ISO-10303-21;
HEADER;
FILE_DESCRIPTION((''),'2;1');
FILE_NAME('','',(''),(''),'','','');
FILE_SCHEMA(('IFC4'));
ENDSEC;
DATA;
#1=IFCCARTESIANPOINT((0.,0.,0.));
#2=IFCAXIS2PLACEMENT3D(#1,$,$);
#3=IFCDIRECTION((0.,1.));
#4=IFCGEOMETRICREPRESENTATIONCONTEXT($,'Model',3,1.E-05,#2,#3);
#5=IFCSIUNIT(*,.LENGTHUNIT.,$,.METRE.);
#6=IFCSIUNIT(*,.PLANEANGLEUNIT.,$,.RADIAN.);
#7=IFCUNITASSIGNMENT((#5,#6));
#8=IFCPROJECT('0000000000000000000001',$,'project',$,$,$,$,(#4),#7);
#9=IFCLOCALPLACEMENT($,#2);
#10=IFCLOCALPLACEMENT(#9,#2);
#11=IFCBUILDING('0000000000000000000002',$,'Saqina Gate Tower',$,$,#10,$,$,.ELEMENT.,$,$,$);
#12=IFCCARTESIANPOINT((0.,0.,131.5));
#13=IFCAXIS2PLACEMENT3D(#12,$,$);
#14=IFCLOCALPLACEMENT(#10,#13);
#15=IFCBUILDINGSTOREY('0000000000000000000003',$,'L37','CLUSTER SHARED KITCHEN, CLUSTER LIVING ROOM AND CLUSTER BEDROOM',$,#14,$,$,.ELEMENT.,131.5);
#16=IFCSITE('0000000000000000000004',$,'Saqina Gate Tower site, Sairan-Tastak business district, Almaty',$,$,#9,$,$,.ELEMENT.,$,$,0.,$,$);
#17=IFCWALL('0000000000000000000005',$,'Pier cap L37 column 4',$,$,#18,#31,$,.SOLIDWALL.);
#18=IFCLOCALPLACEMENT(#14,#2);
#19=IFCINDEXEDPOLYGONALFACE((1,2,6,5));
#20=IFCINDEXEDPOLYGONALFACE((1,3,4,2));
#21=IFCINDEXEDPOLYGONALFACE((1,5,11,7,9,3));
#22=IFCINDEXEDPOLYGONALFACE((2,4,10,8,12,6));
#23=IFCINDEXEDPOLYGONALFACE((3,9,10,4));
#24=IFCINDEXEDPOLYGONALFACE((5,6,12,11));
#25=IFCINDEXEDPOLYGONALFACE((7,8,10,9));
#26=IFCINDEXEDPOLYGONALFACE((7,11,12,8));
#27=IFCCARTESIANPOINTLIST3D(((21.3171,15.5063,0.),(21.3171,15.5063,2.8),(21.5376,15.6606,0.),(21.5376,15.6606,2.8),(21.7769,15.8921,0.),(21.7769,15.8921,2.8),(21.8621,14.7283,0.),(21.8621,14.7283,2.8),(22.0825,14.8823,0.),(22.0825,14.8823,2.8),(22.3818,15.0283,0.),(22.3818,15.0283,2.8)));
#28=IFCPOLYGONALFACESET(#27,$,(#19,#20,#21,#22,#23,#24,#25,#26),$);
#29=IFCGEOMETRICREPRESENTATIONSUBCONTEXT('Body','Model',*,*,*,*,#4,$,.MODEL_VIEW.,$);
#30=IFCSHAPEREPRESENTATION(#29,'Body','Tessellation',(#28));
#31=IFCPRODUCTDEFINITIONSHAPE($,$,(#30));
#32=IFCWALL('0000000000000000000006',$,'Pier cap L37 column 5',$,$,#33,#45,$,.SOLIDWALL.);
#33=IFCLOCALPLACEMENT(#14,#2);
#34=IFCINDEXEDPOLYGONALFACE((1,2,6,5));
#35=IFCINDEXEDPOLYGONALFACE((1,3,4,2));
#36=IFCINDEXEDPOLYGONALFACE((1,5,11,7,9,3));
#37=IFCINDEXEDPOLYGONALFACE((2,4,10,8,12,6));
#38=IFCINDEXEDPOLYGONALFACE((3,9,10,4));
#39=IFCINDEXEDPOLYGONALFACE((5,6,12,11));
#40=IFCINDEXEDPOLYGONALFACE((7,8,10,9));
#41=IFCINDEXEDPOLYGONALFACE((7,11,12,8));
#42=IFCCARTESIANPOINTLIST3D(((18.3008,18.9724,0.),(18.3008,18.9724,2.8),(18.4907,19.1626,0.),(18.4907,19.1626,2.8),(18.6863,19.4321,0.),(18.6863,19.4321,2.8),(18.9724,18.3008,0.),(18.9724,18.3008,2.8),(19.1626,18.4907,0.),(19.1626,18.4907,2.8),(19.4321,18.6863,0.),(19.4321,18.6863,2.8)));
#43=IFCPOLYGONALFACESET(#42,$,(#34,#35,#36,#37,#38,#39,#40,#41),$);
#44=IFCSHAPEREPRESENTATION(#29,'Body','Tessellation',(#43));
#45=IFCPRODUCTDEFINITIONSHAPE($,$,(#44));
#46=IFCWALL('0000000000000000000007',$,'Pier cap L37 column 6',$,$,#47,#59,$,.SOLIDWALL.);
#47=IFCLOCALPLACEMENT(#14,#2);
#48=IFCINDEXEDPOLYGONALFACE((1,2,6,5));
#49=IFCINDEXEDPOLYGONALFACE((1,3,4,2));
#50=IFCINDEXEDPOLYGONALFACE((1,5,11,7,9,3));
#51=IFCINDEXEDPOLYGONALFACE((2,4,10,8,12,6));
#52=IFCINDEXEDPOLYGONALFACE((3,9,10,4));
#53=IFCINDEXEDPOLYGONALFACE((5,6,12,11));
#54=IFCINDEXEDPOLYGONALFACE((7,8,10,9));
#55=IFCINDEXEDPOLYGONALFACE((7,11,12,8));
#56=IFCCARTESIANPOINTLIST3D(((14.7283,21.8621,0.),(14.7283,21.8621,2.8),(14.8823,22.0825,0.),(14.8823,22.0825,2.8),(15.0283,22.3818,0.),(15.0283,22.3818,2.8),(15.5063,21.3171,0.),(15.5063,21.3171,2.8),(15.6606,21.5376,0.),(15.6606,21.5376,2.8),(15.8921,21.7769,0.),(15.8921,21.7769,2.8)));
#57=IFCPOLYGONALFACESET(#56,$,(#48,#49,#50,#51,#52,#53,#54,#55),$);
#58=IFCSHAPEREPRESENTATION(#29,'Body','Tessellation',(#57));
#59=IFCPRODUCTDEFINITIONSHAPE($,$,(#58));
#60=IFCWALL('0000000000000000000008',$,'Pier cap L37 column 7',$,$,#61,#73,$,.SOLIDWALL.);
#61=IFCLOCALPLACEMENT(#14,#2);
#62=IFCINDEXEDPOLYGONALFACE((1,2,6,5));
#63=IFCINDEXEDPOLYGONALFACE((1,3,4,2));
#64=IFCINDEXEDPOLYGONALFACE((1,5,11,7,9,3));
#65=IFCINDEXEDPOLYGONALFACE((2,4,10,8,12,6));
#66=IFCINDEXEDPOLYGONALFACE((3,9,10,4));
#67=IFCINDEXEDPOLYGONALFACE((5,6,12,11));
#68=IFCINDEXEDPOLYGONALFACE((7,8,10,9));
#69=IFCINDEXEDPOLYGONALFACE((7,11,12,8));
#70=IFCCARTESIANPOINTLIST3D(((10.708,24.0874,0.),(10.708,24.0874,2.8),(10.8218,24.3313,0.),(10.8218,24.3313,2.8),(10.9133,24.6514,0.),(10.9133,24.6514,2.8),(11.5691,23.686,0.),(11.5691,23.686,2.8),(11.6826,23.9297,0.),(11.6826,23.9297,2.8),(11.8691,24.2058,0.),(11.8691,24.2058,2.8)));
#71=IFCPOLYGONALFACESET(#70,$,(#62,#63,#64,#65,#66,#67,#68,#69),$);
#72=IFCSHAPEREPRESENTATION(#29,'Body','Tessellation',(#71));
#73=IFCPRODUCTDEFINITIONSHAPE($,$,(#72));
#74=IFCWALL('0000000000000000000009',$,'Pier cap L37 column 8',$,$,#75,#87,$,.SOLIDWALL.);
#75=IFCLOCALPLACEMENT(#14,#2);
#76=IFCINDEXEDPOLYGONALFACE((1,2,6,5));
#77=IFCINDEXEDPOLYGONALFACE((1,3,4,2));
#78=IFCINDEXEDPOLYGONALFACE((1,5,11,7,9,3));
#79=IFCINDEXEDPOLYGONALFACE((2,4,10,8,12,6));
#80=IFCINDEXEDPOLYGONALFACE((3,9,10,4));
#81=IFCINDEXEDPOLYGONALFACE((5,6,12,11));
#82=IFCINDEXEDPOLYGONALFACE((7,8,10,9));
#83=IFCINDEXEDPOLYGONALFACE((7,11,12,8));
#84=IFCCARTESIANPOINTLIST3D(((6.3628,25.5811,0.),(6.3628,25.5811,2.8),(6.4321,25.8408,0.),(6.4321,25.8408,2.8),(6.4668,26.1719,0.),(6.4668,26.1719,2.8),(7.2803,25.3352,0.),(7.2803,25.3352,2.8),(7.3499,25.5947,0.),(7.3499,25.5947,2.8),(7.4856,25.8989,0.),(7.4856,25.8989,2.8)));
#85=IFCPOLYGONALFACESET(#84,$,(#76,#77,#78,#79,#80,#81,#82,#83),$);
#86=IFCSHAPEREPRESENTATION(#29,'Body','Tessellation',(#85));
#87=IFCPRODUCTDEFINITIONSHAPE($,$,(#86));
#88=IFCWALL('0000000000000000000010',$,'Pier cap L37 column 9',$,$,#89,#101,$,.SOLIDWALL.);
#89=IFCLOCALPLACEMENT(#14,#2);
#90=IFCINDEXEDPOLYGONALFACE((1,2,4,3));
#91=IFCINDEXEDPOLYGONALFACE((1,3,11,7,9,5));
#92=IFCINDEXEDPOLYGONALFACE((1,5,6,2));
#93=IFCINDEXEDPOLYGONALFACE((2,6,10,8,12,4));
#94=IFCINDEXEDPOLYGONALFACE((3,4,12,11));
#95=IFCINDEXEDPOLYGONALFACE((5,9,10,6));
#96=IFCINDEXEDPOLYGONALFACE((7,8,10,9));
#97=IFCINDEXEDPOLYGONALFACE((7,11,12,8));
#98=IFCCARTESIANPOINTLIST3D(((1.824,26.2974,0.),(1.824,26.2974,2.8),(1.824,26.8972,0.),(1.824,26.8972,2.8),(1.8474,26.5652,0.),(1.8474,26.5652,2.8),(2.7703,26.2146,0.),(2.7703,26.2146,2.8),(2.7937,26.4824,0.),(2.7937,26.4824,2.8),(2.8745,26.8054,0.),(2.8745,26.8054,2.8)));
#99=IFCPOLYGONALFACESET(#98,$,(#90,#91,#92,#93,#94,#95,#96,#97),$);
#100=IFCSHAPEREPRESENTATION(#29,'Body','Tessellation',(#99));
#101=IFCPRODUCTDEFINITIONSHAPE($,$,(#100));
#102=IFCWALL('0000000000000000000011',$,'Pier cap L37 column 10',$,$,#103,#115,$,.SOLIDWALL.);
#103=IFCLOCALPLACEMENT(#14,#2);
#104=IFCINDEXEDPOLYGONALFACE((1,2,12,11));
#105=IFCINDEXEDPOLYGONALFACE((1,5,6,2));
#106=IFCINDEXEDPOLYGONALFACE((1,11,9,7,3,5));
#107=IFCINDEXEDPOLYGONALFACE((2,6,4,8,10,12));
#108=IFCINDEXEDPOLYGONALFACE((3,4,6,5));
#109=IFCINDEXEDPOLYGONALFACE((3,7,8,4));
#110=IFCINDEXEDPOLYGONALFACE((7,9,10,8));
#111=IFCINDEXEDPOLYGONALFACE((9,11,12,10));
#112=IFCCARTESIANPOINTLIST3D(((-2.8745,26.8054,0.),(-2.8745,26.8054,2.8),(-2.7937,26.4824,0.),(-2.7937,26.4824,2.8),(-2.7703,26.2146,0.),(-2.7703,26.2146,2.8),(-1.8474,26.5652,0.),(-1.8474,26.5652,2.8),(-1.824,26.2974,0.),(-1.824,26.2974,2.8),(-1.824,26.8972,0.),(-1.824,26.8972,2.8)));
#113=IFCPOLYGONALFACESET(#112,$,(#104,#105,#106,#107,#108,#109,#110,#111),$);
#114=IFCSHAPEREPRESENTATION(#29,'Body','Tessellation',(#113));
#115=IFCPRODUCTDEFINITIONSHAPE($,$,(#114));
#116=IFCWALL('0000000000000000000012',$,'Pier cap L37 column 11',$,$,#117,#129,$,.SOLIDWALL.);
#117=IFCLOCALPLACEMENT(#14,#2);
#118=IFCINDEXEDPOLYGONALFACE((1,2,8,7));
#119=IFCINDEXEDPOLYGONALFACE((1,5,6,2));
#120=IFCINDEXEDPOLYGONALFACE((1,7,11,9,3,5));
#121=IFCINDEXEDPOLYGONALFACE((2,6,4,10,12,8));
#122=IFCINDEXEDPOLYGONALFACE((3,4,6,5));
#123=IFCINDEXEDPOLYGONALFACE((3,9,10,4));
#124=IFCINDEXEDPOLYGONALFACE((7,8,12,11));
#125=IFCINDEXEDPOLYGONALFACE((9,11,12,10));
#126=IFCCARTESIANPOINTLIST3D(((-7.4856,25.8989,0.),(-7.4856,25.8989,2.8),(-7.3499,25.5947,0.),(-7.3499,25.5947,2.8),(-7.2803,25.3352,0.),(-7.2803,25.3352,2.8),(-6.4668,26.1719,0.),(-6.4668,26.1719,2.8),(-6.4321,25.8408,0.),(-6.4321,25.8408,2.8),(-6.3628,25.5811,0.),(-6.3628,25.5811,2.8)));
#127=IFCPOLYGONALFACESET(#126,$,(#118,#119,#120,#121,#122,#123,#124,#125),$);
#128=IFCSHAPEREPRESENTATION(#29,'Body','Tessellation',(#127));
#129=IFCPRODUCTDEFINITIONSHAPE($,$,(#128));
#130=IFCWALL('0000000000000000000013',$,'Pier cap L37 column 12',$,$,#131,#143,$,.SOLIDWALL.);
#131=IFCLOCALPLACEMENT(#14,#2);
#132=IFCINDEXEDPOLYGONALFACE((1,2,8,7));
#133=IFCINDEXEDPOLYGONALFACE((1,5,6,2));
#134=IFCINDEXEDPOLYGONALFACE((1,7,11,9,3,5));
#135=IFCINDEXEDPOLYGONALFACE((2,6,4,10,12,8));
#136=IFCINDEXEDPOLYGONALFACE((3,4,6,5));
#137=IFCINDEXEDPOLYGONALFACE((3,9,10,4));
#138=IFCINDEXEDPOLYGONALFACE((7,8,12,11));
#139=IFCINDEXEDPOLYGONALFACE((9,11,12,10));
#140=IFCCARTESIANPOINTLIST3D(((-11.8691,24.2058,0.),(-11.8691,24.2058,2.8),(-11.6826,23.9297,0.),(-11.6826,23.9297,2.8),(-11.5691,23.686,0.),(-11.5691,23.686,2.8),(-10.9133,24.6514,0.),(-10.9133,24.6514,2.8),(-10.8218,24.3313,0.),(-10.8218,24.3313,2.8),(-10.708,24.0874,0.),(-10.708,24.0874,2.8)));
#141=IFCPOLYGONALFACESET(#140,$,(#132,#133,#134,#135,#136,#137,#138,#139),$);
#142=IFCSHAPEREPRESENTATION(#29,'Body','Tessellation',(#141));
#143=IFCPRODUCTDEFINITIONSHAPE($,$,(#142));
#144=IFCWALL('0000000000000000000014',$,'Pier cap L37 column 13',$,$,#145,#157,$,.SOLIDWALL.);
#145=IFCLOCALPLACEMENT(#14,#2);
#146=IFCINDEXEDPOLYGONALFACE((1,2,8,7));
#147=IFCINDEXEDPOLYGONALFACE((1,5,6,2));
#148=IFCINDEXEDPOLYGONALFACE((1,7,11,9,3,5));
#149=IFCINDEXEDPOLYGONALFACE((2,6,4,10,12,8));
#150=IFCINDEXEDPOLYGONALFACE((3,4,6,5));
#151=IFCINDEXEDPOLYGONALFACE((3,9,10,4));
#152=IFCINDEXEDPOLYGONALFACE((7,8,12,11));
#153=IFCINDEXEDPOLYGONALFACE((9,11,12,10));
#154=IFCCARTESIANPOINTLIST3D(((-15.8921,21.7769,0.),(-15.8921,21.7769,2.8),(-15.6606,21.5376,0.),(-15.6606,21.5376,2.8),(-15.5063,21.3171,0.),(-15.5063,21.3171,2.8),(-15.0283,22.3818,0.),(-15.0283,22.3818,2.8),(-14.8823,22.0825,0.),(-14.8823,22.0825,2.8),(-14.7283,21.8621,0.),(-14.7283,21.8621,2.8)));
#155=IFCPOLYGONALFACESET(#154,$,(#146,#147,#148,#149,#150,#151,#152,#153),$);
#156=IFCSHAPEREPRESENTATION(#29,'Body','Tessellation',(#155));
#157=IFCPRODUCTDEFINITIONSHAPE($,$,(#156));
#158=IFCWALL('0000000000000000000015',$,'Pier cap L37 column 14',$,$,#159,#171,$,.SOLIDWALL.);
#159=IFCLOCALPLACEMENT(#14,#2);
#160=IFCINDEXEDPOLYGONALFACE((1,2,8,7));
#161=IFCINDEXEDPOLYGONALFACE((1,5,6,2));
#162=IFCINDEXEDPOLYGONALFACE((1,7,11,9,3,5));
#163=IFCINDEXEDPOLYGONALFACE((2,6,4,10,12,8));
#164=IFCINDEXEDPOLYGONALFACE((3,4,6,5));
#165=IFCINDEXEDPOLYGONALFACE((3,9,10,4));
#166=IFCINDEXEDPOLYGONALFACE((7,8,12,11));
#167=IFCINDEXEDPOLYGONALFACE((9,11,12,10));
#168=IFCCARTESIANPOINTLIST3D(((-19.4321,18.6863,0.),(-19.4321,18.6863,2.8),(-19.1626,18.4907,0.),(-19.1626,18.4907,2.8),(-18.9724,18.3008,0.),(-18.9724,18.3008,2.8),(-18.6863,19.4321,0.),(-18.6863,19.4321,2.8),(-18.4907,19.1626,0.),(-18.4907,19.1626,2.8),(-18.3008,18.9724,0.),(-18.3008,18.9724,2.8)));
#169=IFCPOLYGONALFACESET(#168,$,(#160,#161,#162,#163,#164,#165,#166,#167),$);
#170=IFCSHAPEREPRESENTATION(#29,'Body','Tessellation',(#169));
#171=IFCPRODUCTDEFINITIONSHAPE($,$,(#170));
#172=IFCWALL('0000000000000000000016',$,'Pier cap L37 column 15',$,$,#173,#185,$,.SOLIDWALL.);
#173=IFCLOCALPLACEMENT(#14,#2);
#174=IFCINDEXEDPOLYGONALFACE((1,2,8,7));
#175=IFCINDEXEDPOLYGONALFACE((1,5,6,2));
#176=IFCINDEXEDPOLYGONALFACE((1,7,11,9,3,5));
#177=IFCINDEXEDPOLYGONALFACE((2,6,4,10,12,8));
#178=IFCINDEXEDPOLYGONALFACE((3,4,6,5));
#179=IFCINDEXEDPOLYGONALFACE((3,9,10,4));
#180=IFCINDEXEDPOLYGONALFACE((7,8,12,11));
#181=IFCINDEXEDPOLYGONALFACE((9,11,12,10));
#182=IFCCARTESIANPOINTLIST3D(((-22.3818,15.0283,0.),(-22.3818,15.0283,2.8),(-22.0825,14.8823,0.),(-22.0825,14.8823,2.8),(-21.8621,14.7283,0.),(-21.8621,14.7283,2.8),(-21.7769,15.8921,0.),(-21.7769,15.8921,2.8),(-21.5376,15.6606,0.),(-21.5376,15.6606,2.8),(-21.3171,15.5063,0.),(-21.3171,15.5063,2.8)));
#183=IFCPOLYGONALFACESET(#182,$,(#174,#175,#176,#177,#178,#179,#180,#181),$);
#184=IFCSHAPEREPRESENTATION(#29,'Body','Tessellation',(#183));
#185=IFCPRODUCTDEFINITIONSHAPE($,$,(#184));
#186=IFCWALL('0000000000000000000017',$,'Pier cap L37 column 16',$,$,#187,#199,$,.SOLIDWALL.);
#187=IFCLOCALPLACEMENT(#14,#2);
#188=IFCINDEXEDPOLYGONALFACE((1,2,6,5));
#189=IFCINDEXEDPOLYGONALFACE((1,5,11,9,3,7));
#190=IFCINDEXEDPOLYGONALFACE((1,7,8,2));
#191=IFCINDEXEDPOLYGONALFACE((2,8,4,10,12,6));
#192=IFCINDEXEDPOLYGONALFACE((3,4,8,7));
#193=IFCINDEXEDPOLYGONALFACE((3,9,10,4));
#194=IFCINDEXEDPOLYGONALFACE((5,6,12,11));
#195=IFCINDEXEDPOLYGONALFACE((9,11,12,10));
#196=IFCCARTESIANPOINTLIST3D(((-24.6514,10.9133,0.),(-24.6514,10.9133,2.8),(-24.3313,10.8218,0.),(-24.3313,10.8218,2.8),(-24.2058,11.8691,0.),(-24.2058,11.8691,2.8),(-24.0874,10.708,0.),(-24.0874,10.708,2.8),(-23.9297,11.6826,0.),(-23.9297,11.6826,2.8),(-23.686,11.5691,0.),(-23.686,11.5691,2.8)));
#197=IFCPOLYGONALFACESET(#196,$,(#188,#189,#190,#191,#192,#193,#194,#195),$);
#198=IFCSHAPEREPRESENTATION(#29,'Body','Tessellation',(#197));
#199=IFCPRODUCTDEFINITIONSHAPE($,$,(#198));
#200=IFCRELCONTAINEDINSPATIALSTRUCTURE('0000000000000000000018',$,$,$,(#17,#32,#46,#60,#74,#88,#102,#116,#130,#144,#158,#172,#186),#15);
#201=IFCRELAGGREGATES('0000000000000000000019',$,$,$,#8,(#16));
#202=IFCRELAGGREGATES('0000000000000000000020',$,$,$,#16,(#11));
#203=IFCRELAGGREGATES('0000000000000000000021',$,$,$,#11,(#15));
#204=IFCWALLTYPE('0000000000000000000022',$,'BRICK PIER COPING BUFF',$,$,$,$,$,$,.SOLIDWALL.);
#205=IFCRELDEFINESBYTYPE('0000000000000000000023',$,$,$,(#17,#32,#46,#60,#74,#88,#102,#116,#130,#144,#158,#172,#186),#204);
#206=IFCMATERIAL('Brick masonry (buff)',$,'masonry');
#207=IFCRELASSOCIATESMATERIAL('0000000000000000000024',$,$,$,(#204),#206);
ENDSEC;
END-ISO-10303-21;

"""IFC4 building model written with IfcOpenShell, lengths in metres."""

from ifc_helpers import new_model, si_unit, direction, frame, origin, place, context, subcontext, project, spatial, polyline, outline, extrude, material, type_object, element, save


model = new_model("IFC4")

# Units and contexts
model_context = context("Model", 3, precision=1e-05, world=origin(), true_north=direction((0.0, 1.0)))
body_context = subcontext(model_context, "Body", "Model", "MODEL_VIEW")
ifc_project = project(units=[si_unit("LENGTHUNIT", "METRE"), si_unit("PLANEANGLEUNIT", "RADIAN")], contexts=[model_context])

# Site, building, storey
site_placement = place(None, origin())
site = spatial("IfcSite", under=ifc_project, at=site_placement, Name="Saqina Gate Tower site, Sairan-Tastak business district, Almaty", CompositionType="ELEMENT", RefElevation=0.0)
building_placement = place(site_placement, origin())
building = spatial("IfcBuilding", under=site, at=building_placement, Name="Saqina Gate Tower", CompositionType="ELEMENT")
storey_placement = place(building_placement, frame((0.0, 0.0, 131.5)))
storey = spatial("IfcBuildingStorey", under=building, at=storey_placement, Name="L37", Description="CLUSTER SHARED KITCHEN, CLUSTER LIVING ROOM AND CLUSTER BEDROOM", CompositionType="ELEMENT", Elevation=131.5)

# Walls
ifc_material_1 = material(Name="Brick masonry (buff)", Category="masonry")
wall_type_1 = type_object("IfcWallType", Name="BRICK PIER COPING BUFF", PredefinedType="SOLIDWALL", material=ifc_material_1)
wall_1_placement = place(storey_placement, origin())
element("IfcWall", 1, at=wall_1_placement, inside=storey, type_object=wall_type_1, Name="Pier cap L37 column 4", PredefinedType="SOLIDWALL", context=body_context, shape_type="SweptSolid", body=[
    extrude(outline(polyline([(21.7769, 15.8921), (21.3171, 15.5063), (21.5376, 15.6606), (22.0825, 14.8823), (21.8621, 14.7283), (22.3818, 15.0283), (21.7769, 15.8921)])), origin(), (0.0, 0.0, 1.0), 2.8),
])
wall_2_placement = place(storey_placement, origin())
element("IfcWall", 2, at=wall_2_placement, inside=storey, type_object=wall_type_1, Name="Pier cap L37 column 5", PredefinedType="SOLIDWALL", context=body_context, shape_type="SweptSolid", body=[
    extrude(outline(polyline([(19.4321, 18.6863), (18.6863, 19.4321), (18.3008, 18.9724), (18.4907, 19.1626), (19.1626, 18.4907), (18.9724, 18.3008), (19.4321, 18.6863)])), origin(), (0.0, 0.0, 1.0), 2.8),
])
wall_3_placement = place(storey_placement, origin())
element("IfcWall", 3, at=wall_3_placement, inside=storey, type_object=wall_type_1, Name="Pier cap L37 column 6", PredefinedType="SOLIDWALL", context=body_context, shape_type="SweptSolid", body=[
    extrude(outline(polyline([(15.0283, 22.3818), (14.7283, 21.8621), (14.8823, 22.0825), (15.6606, 21.5376), (15.5063, 21.3171), (15.8921, 21.7769), (15.0283, 22.3818)])), origin(), (0.0, 0.0, 1.0), 2.8),
])
wall_4_placement = place(storey_placement, origin())
element("IfcWall", 4, at=wall_4_placement, inside=storey, type_object=wall_type_1, Name="Pier cap L37 column 7", PredefinedType="SOLIDWALL", context=body_context, shape_type="SweptSolid", body=[
    extrude(outline(polyline([(10.9133, 24.6514), (10.708, 24.0874), (10.8218, 24.3313), (11.6826, 23.9297), (11.5691, 23.686), (11.8691, 24.2058), (10.9133, 24.6514)])), origin(), (0.0, 0.0, 1.0), 2.8),
])
wall_5_placement = place(storey_placement, origin())
element("IfcWall", 5, at=wall_5_placement, inside=storey, type_object=wall_type_1, Name="Pier cap L37 column 8", PredefinedType="SOLIDWALL", context=body_context, shape_type="SweptSolid", body=[
    extrude(outline(polyline([(7.4856, 25.8989), (6.4668, 26.1719), (6.3628, 25.5811), (6.4321, 25.8408), (7.3499, 25.5947), (7.2803, 25.3352), (7.4856, 25.8989)])), origin(), (0.0, 0.0, 1.0), 2.8),
])
wall_6_placement = place(storey_placement, origin())
element("IfcWall", 6, at=wall_6_placement, inside=storey, type_object=wall_type_1, Name="Pier cap L37 column 9", PredefinedType="SOLIDWALL", context=body_context, shape_type="SweptSolid", body=[
    extrude(outline(polyline([(2.8745, 26.8054), (1.824, 26.8972), (1.824, 26.2974), (1.8474, 26.5652), (2.7937, 26.4824), (2.7703, 26.2146), (2.8745, 26.8054)])), origin(), (0.0, 0.0, 1.0), 2.8),
])
wall_7_placement = place(storey_placement, origin())
element("IfcWall", 7, at=wall_7_placement, inside=storey, type_object=wall_type_1, Name="Pier cap L37 column 10", PredefinedType="SOLIDWALL", context=body_context, shape_type="SweptSolid", body=[
    extrude(outline(polyline([(-2.8745, 26.8054), (-2.7703, 26.2146), (-2.7937, 26.4824), (-1.8474, 26.5652), (-1.824, 26.2974), (-1.824, 26.8972), (-2.8745, 26.8054)])), origin(), (0.0, 0.0, 1.0), 2.8),
])
wall_8_placement = place(storey_placement, origin())
element("IfcWall", 8, at=wall_8_placement, inside=storey, type_object=wall_type_1, Name="Pier cap L37 column 11", PredefinedType="SOLIDWALL", context=body_context, shape_type="SweptSolid", body=[
    extrude(outline(polyline([(-6.4668, 26.1719), (-7.4856, 25.8989), (-7.2803, 25.3352), (-7.3499, 25.5947), (-6.4321, 25.8408), (-6.3628, 25.5811), (-6.4668, 26.1719)])), origin(), (0.0, 0.0, 1.0), 2.8),
])
wall_9_placement = place(storey_placement, origin())
element("IfcWall", 9, at=wall_9_placement, inside=storey, type_object=wall_type_1, Name="Pier cap L37 column 12", PredefinedType="SOLIDWALL", context=body_context, shape_type="SweptSolid", body=[
    extrude(outline(polyline([(-10.9133, 24.6514), (-11.8691, 24.2058), (-11.5691, 23.686), (-11.6826, 23.9297), (-10.8218, 24.3313), (-10.708, 24.0874), (-10.9133, 24.6514)])), origin(), (0.0, 0.0, 1.0), 2.8),
])
wall_10_placement = place(storey_placement, origin())
element("IfcWall", 10, at=wall_10_placement, inside=storey, type_object=wall_type_1, Name="Pier cap L37 column 13", PredefinedType="SOLIDWALL", context=body_context, shape_type="SweptSolid", body=[
    extrude(outline(polyline([(-15.8921, 21.7769), (-15.5063, 21.3171), (-15.6606, 21.5376), (-14.8823, 22.0825), (-14.7283, 21.8621), (-15.0283, 22.3818), (-15.8921, 21.7769)])), origin(), (0.0, 0.0, 1.0), 2.8),
])
wall_11_placement = place(storey_placement, origin())
element("IfcWall", 11, at=wall_11_placement, inside=storey, type_object=wall_type_1, Name="Pier cap L37 column 14", PredefinedType="SOLIDWALL", context=body_context, shape_type="SweptSolid", body=[
    extrude(outline(polyline([(-18.6863, 19.4321), (-19.4321, 18.6863), (-18.9724, 18.3008), (-19.1626, 18.4907), (-18.4907, 19.1626), (-18.3008, 18.9724), (-18.6863, 19.4321)])), origin(), (0.0, 0.0, 1.0), 2.8),
])
wall_12_placement = place(storey_placement, origin())
element("IfcWall", 12, at=wall_12_placement, inside=storey, type_object=wall_type_1, Name="Pier cap L37 column 15", PredefinedType="SOLIDWALL", context=body_context, shape_type="SweptSolid", body=[
    extrude(outline(polyline([(-22.3818, 15.0283), (-21.8621, 14.7283), (-22.0825, 14.8823), (-21.5376, 15.6606), (-21.3171, 15.5063), (-21.7769, 15.8921), (-22.3818, 15.0283)])), origin(), (0.0, 0.0, 1.0), 2.8),
])
wall_13_placement = place(storey_placement, origin())
element("IfcWall", 13, at=wall_13_placement, inside=storey, type_object=wall_type_1, Name="Pier cap L37 column 16", PredefinedType="SOLIDWALL", context=body_context, shape_type="SweptSolid", body=[
    extrude(outline(polyline([(-24.6514, 10.9133), (-24.0874, 10.708), (-24.3313, 10.8218), (-23.9297, 11.6826), (-23.686, 11.5691), (-24.2058, 11.8691), (-24.6514, 10.9133)])), origin(), (0.0, 0.0, 1.0), 2.8),
])

save(model, "model.ifc")
